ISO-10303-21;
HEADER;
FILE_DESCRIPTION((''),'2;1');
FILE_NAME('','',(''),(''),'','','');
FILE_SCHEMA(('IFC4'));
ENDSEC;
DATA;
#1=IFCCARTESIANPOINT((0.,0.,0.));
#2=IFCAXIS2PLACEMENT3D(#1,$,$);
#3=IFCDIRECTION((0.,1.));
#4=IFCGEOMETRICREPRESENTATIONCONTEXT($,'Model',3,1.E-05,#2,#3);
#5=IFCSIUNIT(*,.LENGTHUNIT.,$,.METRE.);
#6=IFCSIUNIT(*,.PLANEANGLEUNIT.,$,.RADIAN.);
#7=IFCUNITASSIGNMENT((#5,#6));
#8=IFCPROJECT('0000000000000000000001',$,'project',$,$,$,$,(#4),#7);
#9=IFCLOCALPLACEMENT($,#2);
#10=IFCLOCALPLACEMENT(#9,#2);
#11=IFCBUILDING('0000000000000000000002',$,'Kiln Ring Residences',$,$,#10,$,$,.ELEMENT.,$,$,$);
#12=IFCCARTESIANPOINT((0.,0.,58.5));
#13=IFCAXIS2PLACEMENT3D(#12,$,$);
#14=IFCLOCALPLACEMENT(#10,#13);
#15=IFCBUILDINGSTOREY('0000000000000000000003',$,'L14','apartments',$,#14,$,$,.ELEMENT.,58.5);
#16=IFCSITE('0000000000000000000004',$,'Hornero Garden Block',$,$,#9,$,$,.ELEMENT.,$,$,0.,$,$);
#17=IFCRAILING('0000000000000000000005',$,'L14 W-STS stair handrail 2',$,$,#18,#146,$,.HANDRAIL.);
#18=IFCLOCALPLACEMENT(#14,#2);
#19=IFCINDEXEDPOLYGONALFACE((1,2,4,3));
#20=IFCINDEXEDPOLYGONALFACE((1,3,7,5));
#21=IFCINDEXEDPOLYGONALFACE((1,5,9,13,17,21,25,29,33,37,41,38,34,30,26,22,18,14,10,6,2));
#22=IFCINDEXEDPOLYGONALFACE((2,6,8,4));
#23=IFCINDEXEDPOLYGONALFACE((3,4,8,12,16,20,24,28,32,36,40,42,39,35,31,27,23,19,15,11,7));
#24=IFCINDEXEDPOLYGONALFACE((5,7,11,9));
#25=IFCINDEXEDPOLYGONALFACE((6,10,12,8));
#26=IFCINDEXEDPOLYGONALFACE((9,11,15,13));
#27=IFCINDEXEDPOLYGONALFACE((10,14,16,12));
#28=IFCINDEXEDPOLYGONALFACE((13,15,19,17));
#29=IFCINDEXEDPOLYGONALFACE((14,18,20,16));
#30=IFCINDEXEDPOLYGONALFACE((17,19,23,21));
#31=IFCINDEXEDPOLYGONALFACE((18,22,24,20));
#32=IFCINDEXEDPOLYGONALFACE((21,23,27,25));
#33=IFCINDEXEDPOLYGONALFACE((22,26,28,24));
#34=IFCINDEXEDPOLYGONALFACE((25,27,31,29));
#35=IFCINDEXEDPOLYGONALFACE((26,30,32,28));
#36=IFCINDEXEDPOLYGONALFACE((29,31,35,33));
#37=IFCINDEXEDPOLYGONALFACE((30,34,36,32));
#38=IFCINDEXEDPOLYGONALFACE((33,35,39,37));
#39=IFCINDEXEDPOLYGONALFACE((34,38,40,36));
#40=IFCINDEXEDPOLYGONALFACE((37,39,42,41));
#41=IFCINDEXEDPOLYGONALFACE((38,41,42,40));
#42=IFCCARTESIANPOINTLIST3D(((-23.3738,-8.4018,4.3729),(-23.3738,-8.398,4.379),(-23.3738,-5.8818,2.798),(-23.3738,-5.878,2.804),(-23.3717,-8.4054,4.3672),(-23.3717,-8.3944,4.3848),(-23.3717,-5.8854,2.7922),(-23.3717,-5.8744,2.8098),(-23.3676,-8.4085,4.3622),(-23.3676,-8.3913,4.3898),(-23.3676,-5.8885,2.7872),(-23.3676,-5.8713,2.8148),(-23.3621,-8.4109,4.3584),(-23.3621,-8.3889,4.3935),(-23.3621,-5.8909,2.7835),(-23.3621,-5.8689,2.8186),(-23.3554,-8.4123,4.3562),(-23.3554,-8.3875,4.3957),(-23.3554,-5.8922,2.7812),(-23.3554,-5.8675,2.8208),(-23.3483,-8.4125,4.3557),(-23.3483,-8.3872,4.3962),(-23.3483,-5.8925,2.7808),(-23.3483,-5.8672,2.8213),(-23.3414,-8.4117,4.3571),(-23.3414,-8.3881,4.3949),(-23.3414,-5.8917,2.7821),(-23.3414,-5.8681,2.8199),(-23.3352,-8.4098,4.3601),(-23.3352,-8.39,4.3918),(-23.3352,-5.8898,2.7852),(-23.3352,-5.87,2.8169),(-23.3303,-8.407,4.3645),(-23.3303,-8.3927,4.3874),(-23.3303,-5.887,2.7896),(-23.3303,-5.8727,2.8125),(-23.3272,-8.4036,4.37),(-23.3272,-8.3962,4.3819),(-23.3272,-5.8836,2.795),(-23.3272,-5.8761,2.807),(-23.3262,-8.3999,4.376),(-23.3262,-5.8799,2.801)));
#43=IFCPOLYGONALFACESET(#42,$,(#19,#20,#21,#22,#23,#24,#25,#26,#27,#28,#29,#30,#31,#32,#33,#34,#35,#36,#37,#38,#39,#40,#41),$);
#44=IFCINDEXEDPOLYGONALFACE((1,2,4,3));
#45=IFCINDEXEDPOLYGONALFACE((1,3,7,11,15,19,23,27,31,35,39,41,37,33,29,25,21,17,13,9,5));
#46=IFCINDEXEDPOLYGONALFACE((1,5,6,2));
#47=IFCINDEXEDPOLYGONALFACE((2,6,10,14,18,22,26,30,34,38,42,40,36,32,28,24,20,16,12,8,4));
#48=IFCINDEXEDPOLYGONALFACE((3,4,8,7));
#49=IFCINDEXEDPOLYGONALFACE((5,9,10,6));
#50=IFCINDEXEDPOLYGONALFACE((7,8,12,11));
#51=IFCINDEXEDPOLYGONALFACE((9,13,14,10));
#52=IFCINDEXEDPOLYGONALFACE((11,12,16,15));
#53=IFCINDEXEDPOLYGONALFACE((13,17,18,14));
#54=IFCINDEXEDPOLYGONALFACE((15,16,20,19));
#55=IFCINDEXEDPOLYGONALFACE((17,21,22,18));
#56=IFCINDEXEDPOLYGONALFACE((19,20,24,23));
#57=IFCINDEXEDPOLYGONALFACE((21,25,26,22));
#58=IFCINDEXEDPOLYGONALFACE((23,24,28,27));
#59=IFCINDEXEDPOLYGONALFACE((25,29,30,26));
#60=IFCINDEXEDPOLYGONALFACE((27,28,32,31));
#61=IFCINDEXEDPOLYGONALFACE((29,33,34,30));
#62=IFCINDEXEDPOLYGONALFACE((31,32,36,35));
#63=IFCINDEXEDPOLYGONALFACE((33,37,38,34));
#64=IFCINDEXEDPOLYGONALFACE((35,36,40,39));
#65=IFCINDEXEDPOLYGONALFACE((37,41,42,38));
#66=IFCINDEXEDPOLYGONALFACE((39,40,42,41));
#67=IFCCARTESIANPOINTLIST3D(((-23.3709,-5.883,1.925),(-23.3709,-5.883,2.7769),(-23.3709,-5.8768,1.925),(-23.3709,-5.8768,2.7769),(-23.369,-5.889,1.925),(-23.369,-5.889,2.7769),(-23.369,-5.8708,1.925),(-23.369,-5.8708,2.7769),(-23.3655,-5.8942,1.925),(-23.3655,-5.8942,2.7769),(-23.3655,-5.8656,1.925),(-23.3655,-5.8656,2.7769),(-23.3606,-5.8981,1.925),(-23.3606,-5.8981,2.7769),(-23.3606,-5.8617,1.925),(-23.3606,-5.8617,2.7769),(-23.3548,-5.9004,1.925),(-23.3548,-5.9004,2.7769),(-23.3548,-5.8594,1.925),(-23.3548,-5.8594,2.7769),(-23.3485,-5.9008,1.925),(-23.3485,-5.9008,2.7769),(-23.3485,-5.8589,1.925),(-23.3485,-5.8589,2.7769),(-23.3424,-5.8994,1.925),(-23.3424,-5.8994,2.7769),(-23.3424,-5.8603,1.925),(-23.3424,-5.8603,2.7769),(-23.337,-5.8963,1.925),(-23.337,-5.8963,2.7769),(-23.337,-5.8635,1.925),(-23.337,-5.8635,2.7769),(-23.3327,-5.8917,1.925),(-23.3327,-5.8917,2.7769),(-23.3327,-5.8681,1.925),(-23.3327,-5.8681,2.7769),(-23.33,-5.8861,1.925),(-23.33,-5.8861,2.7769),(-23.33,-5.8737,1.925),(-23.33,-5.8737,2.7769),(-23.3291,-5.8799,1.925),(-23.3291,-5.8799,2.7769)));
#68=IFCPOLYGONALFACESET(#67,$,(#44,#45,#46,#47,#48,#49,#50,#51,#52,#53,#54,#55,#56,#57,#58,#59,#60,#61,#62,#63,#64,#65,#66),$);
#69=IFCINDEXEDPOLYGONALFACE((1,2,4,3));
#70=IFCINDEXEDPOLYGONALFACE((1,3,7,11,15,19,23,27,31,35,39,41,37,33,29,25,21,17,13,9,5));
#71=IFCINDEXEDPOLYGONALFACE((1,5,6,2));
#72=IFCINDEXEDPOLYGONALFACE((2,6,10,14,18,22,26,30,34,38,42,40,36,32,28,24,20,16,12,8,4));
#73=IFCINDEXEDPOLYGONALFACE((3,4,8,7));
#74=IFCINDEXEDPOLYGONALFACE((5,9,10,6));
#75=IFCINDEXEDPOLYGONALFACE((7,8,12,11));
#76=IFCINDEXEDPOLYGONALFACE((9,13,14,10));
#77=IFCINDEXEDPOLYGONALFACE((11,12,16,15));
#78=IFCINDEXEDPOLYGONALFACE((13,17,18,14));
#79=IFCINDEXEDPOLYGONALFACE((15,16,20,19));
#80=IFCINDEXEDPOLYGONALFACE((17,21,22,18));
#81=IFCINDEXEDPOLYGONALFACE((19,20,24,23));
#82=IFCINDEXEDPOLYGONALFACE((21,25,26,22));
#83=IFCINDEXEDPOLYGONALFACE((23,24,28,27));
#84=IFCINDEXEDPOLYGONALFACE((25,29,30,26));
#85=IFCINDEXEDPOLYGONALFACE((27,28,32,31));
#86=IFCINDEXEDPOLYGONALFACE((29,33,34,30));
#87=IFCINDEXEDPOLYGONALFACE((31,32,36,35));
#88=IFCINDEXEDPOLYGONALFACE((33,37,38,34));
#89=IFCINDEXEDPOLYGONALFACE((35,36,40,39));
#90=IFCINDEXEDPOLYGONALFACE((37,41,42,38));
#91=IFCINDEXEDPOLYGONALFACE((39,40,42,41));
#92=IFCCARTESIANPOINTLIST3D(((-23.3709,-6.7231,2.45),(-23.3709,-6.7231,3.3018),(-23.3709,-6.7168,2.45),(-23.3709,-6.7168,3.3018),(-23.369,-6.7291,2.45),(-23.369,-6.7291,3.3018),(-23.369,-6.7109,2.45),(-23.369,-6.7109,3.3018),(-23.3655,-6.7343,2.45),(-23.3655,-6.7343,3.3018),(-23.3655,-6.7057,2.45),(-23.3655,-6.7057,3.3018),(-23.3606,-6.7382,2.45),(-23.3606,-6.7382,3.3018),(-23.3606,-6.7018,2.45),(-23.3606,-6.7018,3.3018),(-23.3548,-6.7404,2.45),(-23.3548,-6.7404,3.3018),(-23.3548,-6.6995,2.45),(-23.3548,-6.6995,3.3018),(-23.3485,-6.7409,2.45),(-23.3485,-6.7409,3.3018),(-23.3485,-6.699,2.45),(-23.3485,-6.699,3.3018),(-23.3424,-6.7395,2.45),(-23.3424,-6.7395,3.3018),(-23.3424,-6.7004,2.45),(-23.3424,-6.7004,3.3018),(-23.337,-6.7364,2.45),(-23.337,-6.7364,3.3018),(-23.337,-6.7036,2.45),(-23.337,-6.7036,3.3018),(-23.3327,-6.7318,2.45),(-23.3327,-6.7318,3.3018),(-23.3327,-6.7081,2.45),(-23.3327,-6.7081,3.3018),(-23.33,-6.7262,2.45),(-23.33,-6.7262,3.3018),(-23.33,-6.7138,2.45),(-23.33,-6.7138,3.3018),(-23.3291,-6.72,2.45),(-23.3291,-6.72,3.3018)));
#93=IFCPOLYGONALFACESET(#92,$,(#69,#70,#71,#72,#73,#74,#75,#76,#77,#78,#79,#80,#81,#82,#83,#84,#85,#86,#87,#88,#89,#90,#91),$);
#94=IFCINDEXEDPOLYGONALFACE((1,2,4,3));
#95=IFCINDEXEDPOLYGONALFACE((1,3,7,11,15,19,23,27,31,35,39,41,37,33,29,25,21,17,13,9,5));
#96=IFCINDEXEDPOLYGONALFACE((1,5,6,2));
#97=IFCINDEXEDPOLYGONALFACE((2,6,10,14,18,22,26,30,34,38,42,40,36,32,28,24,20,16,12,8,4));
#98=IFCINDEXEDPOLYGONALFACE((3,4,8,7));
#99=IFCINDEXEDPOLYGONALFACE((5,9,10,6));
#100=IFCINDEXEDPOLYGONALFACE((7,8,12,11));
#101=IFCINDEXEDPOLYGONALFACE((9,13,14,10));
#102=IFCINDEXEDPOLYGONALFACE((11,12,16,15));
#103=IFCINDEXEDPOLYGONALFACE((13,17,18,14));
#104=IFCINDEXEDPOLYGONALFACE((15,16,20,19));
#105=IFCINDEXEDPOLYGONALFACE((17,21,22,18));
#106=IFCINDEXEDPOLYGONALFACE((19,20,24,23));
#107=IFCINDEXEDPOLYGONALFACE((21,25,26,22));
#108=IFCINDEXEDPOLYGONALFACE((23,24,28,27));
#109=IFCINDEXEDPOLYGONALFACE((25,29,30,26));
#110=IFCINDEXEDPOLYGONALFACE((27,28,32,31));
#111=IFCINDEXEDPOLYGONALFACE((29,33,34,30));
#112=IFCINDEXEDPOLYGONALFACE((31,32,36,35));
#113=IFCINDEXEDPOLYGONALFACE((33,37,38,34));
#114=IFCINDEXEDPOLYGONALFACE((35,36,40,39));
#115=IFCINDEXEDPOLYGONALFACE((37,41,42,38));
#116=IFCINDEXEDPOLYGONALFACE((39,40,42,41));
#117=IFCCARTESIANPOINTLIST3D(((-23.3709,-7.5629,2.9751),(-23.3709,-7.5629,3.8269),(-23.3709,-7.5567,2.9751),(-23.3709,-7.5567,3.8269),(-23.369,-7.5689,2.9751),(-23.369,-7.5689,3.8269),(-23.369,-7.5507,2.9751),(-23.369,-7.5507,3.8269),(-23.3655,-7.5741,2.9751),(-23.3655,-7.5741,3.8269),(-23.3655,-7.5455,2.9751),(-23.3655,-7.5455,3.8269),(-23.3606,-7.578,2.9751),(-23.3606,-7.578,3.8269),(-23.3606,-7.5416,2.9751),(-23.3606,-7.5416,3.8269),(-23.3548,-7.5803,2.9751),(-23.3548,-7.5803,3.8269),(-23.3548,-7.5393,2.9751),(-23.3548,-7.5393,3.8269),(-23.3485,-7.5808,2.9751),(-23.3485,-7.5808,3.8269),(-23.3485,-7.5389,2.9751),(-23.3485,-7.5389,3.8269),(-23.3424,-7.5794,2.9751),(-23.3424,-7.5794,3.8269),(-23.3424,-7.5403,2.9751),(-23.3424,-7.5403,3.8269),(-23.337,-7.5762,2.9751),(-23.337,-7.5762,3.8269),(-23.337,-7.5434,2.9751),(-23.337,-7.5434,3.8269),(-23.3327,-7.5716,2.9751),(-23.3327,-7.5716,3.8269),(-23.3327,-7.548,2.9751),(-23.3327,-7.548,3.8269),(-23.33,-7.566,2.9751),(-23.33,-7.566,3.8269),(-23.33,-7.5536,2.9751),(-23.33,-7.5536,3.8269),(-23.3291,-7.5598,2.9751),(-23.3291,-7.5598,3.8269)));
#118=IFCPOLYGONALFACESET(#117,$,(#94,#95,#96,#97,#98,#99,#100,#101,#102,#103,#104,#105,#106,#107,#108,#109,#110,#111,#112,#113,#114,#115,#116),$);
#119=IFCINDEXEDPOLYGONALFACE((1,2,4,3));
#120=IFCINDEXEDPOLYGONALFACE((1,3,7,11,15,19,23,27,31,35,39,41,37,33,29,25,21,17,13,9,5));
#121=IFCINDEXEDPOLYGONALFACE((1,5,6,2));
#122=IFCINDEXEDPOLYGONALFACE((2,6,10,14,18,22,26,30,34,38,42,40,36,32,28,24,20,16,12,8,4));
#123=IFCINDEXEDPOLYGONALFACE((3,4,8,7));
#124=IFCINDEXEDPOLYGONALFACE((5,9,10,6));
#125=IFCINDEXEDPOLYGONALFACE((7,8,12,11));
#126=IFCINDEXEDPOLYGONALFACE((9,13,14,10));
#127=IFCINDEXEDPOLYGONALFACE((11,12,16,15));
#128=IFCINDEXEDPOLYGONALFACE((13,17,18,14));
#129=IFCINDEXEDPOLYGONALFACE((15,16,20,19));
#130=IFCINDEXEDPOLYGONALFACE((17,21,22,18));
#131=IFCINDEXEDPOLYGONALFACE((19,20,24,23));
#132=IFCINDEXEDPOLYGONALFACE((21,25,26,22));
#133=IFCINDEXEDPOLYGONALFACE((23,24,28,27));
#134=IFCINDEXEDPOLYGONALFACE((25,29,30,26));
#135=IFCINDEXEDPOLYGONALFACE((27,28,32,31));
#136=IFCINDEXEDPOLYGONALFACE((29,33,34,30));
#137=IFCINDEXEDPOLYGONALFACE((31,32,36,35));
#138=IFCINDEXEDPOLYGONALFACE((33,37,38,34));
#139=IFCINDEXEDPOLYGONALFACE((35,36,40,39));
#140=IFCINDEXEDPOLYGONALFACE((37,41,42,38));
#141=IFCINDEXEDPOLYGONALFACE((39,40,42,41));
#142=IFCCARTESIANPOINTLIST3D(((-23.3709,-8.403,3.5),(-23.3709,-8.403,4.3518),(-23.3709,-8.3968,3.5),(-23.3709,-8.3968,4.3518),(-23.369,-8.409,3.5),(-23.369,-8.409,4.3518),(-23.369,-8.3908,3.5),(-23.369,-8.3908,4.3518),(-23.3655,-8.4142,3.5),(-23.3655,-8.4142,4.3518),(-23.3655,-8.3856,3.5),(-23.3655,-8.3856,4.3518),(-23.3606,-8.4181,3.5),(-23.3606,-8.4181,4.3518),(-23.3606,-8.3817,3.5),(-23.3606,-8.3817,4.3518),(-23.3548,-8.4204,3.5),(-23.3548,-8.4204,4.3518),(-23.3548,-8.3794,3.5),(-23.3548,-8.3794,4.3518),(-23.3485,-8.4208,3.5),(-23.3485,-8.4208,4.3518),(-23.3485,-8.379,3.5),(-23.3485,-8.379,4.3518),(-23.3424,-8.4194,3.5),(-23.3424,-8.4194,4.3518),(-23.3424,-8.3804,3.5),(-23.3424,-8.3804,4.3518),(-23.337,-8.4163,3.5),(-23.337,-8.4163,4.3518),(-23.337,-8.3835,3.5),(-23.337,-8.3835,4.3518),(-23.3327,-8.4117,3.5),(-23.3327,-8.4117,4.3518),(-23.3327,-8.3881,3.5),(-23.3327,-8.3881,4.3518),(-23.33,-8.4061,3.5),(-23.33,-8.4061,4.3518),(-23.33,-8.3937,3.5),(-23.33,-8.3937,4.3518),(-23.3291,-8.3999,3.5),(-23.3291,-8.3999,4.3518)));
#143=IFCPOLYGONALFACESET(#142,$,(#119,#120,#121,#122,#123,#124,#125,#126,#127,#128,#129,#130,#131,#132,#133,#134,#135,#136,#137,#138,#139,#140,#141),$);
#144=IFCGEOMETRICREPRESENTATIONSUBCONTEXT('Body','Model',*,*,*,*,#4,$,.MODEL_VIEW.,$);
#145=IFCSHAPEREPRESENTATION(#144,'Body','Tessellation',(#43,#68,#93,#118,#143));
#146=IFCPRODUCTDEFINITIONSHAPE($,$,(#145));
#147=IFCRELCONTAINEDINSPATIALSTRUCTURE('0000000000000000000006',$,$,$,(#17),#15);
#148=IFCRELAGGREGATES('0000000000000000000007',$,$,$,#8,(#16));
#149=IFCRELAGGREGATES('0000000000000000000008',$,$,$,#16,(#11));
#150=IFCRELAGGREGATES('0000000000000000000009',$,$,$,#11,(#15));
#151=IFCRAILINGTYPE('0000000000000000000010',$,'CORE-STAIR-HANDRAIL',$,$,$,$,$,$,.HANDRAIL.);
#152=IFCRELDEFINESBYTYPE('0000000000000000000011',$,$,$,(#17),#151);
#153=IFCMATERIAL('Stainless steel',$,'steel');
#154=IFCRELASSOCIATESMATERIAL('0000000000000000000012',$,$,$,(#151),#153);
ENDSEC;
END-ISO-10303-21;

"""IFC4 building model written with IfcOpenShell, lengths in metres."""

from ifc_helpers import new_model, si_unit, direction, frame, origin, origin_2d, place, context, subcontext, project, spatial, circle, extrude, material, type_object, element, save


model = new_model("IFC4")

# Units and contexts
model_context = context("Model", 3, precision=1e-05, world=origin(), true_north=direction((0.0, 1.0)))
body_context = subcontext(model_context, "Body", "Model", "MODEL_VIEW")
ifc_project = project(units=[si_unit("LENGTHUNIT", "METRE"), si_unit("PLANEANGLEUNIT", "RADIAN")], contexts=[model_context])

# Site, building, storey
site_placement = place(None, origin())
site = spatial("IfcSite", under=ifc_project, at=site_placement, Name="Hornero Garden Block", CompositionType="ELEMENT", RefElevation=0.0)
building_placement = place(site_placement, origin())
building = spatial("IfcBuilding", under=site, at=building_placement, Name="Kiln Ring Residences", CompositionType="ELEMENT")
storey_placement = place(building_placement, frame((0.0, 0.0, 58.5)))
storey = spatial("IfcBuildingStorey", under=building, at=storey_placement, Name="L14", Description="apartments", CompositionType="ELEMENT", Elevation=58.5)

# Railing
ifc_material_1 = material(Name="Stainless steel", Category="steel")
railing_type_1 = type_object("IfcRailingType", Name="CORE-STAIR-HANDRAIL", PredefinedType="HANDRAIL", material=ifc_material_1)
railing_1_placement = place(storey_placement, frame((-23.3501, -5.8799, 1.925)))
element("IfcRailing", 1, at=railing_1_placement, inside=storey, type_object=railing_type_1, Name="L14 W-STS stair handrail 2", PredefinedType="HANDRAIL", context=body_context, shape_type="SweptSolid", body=[
    extrude(circle(Radius=0.0239, at=origin_2d()), frame((0.0, 0.0, 0.876), z_axis=(0.0, -0.848008, 0.529984), x_axis=(1.0, 0.0, 0.0)), (0.0, 0.0, 1.0), 2.9717),
    extrude(circle(Radius=0.021, at=origin_2d()), origin(), (0.0, 0.0, 1.0), 0.8518),
    extrude(circle(Radius=0.021, at=origin_2d()), frame((0.0, -0.8401, 0.5249)), (0.0, 0.0, 1.0), 0.8518),
    extrude(circle(Radius=0.021, at=origin_2d()), frame((0.0, -1.6799, 1.05)), (0.0, 0.0, 1.0), 0.8518),
    extrude(circle(Radius=0.021, at=origin_2d()), frame((0.0, -2.52, 1.575)), (0.0, 0.0, 1.0), 0.8518),
])

save(model, "model.ifc")
